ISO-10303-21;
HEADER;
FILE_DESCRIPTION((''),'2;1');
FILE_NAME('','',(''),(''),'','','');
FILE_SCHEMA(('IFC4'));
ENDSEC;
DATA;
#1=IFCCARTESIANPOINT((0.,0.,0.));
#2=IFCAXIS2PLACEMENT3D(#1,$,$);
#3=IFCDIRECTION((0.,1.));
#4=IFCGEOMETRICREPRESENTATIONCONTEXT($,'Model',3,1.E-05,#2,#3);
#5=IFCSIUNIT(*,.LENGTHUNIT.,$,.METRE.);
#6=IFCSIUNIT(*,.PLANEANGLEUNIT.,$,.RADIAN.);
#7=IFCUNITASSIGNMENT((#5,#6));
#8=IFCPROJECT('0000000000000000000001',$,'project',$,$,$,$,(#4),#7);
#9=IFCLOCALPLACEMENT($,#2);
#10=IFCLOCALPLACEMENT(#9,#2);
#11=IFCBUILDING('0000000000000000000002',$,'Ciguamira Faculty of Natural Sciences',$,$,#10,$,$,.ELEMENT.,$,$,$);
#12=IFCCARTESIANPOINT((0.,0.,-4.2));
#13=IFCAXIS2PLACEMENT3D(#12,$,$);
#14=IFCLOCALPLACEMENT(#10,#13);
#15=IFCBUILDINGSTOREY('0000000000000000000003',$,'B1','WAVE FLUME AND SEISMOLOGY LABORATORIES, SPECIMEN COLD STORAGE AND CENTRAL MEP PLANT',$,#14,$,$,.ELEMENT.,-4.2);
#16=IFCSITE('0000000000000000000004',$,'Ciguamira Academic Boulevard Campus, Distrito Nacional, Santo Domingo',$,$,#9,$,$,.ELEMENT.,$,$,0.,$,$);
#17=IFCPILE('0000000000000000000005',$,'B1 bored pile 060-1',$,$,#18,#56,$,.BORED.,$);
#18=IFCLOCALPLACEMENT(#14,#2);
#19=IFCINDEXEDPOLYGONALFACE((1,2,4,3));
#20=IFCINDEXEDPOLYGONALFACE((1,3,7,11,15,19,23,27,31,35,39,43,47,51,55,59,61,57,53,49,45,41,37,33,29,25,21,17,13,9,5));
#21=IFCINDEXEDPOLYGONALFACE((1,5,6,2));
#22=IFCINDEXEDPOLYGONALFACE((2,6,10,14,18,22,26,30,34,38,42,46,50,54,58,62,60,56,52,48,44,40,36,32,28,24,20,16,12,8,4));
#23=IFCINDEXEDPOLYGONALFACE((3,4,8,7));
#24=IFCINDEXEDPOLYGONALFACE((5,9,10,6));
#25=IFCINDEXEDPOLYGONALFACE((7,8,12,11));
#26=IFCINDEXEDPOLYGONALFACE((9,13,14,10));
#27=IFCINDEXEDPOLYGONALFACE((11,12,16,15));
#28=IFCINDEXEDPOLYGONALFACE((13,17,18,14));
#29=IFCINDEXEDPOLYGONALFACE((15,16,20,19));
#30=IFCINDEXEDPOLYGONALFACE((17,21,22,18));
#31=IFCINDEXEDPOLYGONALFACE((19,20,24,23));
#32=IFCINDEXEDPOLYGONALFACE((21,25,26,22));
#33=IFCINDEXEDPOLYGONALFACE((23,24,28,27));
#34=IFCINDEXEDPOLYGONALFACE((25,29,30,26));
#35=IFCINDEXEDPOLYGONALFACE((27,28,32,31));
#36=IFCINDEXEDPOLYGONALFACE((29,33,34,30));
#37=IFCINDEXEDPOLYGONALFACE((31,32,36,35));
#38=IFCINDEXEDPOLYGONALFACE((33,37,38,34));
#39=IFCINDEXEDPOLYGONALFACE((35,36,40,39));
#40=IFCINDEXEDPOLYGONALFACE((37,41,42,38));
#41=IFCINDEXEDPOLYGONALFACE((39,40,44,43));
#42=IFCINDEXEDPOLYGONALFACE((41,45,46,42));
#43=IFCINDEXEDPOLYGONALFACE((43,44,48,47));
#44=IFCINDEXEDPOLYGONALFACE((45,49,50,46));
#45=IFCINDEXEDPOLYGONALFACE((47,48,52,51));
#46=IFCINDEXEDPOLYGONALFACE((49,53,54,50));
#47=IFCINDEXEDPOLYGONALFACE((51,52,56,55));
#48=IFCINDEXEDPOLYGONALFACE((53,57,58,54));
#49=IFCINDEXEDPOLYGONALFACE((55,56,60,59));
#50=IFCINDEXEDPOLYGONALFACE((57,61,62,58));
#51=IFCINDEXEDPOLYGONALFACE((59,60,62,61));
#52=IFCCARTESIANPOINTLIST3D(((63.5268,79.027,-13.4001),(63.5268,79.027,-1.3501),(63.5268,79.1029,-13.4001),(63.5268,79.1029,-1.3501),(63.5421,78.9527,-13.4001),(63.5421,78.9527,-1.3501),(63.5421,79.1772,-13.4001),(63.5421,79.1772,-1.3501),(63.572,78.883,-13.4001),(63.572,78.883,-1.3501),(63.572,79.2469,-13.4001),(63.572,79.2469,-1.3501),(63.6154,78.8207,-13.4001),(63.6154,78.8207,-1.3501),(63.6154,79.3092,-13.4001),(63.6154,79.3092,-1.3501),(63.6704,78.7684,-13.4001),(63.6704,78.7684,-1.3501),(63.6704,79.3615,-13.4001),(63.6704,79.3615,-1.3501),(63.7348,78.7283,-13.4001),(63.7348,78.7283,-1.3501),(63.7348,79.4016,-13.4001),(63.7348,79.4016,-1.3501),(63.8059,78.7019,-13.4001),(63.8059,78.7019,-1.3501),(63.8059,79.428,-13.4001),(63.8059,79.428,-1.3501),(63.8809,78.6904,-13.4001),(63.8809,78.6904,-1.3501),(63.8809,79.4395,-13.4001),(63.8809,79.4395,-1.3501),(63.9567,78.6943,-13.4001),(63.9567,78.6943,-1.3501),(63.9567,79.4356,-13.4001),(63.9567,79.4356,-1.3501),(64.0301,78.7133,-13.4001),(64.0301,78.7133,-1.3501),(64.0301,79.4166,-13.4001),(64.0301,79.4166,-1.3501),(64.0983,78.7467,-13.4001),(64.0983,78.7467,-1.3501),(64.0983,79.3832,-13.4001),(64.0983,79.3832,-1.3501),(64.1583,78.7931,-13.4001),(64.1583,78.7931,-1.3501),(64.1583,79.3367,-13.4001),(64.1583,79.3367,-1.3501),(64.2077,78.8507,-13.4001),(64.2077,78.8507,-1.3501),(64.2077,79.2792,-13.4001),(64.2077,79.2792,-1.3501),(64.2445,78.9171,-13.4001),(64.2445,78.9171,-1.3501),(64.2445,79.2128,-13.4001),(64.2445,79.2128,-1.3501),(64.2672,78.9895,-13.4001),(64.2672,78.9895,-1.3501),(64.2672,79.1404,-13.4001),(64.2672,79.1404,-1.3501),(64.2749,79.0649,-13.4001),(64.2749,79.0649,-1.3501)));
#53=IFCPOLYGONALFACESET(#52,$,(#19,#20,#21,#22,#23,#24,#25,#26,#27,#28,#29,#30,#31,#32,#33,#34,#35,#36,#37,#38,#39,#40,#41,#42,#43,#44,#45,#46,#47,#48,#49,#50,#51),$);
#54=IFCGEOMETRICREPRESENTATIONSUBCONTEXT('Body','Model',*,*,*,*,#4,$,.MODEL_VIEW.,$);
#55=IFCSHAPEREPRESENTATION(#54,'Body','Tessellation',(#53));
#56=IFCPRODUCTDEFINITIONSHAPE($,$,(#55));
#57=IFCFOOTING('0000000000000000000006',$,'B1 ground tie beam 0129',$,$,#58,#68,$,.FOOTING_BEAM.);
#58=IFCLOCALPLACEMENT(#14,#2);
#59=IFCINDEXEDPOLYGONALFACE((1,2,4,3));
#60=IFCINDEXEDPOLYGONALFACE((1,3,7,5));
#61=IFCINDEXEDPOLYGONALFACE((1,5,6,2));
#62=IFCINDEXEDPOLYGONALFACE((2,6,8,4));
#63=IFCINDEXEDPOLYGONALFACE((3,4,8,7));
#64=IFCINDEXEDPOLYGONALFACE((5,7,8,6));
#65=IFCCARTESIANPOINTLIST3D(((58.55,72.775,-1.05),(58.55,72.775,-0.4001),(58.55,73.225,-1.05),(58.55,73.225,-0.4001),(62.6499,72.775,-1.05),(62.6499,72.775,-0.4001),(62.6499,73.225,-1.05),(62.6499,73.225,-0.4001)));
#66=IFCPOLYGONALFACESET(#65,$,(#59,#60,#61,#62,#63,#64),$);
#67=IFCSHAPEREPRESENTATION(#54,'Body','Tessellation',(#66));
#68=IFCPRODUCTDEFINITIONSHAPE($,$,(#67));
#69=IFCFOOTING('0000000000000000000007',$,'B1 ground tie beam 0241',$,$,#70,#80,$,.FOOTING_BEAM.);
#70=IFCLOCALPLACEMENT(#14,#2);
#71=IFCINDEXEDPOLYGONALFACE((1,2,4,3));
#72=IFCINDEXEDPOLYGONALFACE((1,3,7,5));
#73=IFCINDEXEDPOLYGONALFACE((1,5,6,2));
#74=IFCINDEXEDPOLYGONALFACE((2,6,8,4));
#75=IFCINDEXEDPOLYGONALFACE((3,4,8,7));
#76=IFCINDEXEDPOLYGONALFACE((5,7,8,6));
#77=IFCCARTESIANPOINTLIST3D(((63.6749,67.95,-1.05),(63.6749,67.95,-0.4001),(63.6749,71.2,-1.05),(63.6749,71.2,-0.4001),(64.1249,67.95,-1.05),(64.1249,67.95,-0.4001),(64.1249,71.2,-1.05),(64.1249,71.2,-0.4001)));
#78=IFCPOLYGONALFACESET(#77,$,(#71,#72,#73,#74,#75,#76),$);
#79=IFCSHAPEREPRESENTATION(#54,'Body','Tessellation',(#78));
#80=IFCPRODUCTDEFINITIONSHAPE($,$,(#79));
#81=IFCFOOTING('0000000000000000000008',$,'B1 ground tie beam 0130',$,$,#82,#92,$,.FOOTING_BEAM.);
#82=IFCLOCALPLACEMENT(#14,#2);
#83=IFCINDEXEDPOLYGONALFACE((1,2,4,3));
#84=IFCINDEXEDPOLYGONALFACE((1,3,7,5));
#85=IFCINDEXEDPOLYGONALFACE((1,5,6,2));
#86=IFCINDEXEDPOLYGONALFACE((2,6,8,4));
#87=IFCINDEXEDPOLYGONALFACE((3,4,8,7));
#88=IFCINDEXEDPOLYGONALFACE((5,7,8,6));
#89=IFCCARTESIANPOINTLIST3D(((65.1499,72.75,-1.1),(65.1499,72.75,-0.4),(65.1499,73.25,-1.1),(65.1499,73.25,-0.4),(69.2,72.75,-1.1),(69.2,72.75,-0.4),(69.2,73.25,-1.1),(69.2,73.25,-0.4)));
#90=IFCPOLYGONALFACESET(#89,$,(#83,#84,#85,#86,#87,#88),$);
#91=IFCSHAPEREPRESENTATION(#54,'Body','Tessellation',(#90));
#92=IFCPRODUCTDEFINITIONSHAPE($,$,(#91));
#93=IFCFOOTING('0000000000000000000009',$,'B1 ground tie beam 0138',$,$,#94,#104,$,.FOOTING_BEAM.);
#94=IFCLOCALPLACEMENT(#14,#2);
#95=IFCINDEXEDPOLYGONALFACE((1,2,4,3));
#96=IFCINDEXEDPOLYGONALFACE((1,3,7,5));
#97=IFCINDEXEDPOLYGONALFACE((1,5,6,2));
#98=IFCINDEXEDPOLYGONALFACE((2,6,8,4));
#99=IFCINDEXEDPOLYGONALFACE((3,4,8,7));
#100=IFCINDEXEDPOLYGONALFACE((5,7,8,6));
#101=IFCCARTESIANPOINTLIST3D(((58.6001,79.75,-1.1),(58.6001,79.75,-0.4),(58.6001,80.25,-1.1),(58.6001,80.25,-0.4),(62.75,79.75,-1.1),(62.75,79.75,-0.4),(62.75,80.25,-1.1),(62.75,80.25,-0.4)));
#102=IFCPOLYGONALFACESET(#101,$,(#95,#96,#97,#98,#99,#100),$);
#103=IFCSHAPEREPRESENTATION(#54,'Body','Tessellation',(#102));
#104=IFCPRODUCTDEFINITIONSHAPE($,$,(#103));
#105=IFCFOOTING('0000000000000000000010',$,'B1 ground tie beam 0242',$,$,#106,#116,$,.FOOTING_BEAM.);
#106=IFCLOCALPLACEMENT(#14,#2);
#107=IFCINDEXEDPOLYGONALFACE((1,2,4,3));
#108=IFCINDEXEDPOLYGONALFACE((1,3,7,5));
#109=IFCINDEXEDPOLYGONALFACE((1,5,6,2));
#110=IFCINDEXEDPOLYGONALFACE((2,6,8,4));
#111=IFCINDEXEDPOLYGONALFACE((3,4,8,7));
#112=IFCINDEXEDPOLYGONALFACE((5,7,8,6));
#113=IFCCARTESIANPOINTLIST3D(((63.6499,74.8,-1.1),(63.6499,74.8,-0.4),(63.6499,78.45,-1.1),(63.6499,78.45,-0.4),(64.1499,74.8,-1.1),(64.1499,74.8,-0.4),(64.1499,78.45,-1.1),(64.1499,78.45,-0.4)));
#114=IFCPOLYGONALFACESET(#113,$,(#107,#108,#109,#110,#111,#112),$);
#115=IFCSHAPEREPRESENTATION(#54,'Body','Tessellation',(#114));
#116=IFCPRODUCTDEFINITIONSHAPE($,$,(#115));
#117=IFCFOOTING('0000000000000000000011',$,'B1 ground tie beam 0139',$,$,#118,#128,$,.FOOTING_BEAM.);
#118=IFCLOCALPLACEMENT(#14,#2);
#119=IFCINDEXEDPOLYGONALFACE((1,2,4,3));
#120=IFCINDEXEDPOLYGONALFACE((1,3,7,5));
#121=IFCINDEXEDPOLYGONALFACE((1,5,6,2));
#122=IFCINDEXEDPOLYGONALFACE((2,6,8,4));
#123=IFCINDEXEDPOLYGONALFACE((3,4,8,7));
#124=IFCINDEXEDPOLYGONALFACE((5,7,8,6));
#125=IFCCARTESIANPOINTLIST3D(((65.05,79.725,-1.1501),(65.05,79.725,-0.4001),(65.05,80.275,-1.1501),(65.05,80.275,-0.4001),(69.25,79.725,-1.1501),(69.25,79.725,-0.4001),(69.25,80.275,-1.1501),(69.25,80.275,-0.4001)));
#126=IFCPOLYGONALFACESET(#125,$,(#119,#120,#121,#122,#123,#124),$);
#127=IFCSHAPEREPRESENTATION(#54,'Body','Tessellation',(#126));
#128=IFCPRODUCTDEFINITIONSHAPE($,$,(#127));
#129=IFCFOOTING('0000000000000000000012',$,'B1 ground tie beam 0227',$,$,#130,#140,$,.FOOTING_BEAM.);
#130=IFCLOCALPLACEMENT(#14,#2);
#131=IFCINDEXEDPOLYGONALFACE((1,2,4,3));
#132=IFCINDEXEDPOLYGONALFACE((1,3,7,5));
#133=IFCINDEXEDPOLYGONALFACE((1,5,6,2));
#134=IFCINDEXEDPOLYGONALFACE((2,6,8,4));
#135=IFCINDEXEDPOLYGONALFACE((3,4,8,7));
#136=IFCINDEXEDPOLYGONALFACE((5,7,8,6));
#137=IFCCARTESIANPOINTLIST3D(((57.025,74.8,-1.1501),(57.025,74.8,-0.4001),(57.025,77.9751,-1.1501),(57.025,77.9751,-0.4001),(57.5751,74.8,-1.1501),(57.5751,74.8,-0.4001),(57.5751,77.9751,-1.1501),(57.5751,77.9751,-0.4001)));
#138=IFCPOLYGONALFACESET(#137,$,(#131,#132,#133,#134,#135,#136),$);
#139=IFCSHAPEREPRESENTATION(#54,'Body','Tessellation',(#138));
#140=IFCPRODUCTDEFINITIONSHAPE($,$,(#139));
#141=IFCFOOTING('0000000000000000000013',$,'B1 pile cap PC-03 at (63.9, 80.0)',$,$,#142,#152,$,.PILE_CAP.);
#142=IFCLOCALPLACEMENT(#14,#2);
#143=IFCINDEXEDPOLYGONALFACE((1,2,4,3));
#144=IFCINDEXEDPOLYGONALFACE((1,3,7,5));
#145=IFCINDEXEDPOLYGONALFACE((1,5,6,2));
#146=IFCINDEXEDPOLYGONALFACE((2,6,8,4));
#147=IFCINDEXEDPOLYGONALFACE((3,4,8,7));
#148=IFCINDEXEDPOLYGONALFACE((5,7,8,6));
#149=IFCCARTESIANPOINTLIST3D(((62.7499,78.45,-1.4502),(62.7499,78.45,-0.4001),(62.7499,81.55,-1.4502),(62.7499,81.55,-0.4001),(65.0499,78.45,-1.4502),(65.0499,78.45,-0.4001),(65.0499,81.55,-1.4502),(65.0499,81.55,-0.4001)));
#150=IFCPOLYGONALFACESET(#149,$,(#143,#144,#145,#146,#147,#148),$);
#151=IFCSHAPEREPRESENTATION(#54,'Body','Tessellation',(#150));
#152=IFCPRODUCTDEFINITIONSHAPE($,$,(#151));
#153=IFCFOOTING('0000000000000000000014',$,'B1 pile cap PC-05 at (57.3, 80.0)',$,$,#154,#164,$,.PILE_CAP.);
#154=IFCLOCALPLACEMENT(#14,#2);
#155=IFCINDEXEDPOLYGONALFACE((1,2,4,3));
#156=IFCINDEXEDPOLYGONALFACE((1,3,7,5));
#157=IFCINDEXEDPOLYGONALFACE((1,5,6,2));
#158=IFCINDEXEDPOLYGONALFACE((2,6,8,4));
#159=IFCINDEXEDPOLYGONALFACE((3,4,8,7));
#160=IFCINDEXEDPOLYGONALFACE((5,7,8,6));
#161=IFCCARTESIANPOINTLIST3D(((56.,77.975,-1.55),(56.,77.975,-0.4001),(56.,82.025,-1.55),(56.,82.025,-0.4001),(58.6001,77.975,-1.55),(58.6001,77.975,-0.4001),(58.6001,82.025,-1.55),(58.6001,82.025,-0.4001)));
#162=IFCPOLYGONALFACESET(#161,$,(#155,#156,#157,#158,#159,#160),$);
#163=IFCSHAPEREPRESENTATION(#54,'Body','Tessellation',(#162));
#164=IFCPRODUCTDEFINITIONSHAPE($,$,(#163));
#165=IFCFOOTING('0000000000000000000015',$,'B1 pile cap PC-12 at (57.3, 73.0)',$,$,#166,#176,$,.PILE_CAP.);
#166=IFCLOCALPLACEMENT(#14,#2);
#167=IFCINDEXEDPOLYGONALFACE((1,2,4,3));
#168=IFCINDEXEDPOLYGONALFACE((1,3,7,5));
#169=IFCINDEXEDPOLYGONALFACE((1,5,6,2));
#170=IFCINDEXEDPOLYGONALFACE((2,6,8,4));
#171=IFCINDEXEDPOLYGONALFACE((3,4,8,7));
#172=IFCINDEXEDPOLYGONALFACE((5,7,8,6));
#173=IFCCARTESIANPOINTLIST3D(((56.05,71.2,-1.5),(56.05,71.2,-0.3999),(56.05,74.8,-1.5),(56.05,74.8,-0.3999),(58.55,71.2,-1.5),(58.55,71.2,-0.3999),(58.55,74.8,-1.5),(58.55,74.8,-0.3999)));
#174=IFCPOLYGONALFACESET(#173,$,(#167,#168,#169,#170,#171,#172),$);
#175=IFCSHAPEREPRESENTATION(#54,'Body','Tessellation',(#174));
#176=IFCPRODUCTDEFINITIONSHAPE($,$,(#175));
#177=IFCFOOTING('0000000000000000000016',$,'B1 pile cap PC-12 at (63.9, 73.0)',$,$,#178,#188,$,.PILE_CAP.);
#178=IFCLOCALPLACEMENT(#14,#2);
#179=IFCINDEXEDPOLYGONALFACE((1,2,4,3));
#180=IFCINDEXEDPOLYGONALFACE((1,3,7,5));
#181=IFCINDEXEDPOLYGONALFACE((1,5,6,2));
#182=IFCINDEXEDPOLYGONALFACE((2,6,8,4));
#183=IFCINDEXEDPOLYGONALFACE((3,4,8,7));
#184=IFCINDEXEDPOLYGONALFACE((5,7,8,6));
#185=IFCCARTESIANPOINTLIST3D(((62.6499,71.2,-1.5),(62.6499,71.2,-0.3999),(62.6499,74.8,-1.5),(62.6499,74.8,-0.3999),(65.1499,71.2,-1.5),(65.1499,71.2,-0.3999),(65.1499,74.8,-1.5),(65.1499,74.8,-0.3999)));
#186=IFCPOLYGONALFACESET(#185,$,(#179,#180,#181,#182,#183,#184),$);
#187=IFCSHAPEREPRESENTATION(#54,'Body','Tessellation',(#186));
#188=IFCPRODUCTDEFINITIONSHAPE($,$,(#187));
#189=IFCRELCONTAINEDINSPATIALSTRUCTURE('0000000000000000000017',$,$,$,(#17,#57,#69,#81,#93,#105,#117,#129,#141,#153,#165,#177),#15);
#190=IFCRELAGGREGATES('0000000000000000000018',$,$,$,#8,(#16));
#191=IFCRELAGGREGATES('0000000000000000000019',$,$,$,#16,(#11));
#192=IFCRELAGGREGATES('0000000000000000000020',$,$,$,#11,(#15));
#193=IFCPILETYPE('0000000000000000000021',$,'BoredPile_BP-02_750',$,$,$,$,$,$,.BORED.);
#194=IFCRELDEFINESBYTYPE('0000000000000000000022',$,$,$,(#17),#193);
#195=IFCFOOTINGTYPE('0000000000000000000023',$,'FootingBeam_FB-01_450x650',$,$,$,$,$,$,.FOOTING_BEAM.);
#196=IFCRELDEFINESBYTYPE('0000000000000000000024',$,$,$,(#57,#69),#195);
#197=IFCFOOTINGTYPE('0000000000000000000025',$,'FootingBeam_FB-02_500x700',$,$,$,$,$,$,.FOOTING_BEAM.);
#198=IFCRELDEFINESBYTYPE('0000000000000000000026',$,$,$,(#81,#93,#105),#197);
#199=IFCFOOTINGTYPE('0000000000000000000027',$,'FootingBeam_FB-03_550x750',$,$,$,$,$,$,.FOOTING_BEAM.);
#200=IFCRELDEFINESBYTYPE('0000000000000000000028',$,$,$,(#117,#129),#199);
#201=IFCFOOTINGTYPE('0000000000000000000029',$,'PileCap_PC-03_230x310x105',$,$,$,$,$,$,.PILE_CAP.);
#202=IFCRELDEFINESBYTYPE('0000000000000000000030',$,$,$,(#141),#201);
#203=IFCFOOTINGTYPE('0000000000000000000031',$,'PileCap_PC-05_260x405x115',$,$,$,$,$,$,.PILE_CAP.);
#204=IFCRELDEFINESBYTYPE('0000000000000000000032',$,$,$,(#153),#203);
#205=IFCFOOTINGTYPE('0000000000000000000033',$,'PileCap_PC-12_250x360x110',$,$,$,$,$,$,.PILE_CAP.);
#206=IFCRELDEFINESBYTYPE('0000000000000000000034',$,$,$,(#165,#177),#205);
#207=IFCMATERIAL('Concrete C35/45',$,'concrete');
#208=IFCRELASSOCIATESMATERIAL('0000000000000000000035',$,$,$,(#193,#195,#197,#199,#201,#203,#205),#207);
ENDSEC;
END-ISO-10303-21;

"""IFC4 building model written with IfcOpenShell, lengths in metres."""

from ifc_helpers import new_model, si_unit, direction, frame, origin, origin_2d, place, context, subcontext, project, spatial, rectangle, circle, extrude, material, material_profile, profile_set, type_object, element, save


model = new_model("IFC4")

# Units and contexts
model_context = context("Model", 3, precision=1e-05, world=origin(), true_north=direction((0.0, 1.0)))
body_context = subcontext(model_context, "Body", "Model", "MODEL_VIEW")
ifc_project = project(units=[si_unit("LENGTHUNIT", "METRE"), si_unit("PLANEANGLEUNIT", "RADIAN")], contexts=[model_context])

# Site, building, storey
site_placement = place(None, origin())
site = spatial("IfcSite", under=ifc_project, at=site_placement, Name="Ciguamira Academic Boulevard Campus, Distrito Nacional, Santo Domingo", CompositionType="ELEMENT", RefElevation=0.0)
building_placement = place(site_placement, origin())
building = spatial("IfcBuilding", under=site, at=building_placement, Name="Ciguamira Faculty of Natural Sciences", CompositionType="ELEMENT")
storey_placement = place(building_placement, frame((0.0, 0.0, -4.2)))
storey = spatial("IfcBuildingStorey", under=building, at=storey_placement, Name="B1", Description="WAVE FLUME AND SEISMOLOGY LABORATORIES, SPECIMEN COLD STORAGE AND CENTRAL MEP PLANT", CompositionType="ELEMENT", Elevation=-4.2)

# Pile
ifc_material_1 = material(Name="Concrete C35/45", Category="concrete")
ifc_material_profile_1 = material_profile(ifc_material_1, circle(Radius=0.375, at=origin_2d()), Name="PILE-BORED-750")
ifc_profile_set_1 = profile_set([ifc_material_profile_1], Name="Concrete C35/45")
pile_type = type_object("IfcPileType", Name="BoredPile_BP-02_750", PredefinedType="BORED", material=ifc_profile_set_1)
pile_1_placement = place(storey_placement, frame((63.8999, 79.0649, -1.3501), z_axis=(0.0, 0.0, -1.0), x_axis=(1.0, 0.0, 0.0)))
element("IfcPile", 1, at=pile_1_placement, inside=storey, type_object=pile_type, Name="B1 bored pile 060-1", PredefinedType="BORED", context=body_context, shape_type="SweptSolid", body=[
    extrude(circle(Radius=0.375, at=origin_2d()), origin(), (0.0, 0.0, 1.0), 12.05),
])

# Footings
ifc_material_profile_2 = material_profile(ifc_material_1, rectangle(XDim=0.45, YDim=0.6499, at=origin_2d()), Name="RC-FB-450X650")
ifc_profile_set_2 = profile_set([ifc_material_profile_2], Name="Concrete C35/45")
footing_type_1 = type_object("IfcFootingType", Name="FootingBeam_FB-01_450x650", PredefinedType="FOOTING_BEAM", material=ifc_profile_set_2)
footing_1_placement = place(storey_placement, frame((58.55, 73.0, -0.7251), z_axis=(1.0, 0.0, 0.0), x_axis=(0.0, 1.0, 0.0)))
element("IfcFooting", 2, at=footing_1_placement, inside=storey, type_object=footing_type_1, Name="B1 ground tie beam 0129", PredefinedType="FOOTING_BEAM", context=body_context, shape_type="SweptSolid", body=[
    extrude(rectangle(XDim=0.45, YDim=0.6499, at=origin_2d()), origin(), (0.0, 0.0, 1.0), 4.0999),
])
footing_2_placement = place(storey_placement, frame((63.8999, 67.95, -0.7251), z_axis=(0.0, 1.0, 0.0), x_axis=(-1.0, 0.0, 0.0)))
element("IfcFooting", 3, at=footing_2_placement, inside=storey, type_object=footing_type_1, Name="B1 ground tie beam 0241", PredefinedType="FOOTING_BEAM", context=body_context, shape_type="SweptSolid", body=[
    extrude(rectangle(XDim=0.45, YDim=0.6499, at=origin_2d()), origin(), (0.0, 0.0, 1.0), 3.25),
])
ifc_material_profile_3 = material_profile(ifc_material_1, rectangle(XDim=0.5, YDim=0.7, at=origin_2d()), Name="RC-FB-500X700")
ifc_profile_set_3 = profile_set([ifc_material_profile_3], Name="Concrete C35/45")
footing_type_2 = type_object("IfcFootingType", Name="FootingBeam_FB-02_500x700", PredefinedType="FOOTING_BEAM", material=ifc_profile_set_3)
footing_3_placement = place(storey_placement, frame((65.1499, 73.0, -0.75), z_axis=(1.0, 0.0, 0.0), x_axis=(0.0, 1.0, 0.0)))
element("IfcFooting", 4, at=footing_3_placement, inside=storey, type_object=footing_type_2, Name="B1 ground tie beam 0130", PredefinedType="FOOTING_BEAM", context=body_context, shape_type="SweptSolid", body=[
    extrude(rectangle(XDim=0.5, YDim=0.7, at=origin_2d()), origin(), (0.0, 0.0, 1.0), 4.05),
])
footing_4_placement = place(storey_placement, frame((58.6001, 80.0, -0.75), z_axis=(1.0, 0.0, 0.0), x_axis=(0.0, 1.0, 0.0)))
element("IfcFooting", 5, at=footing_4_placement, inside=storey, type_object=footing_type_2, Name="B1 ground tie beam 0138", PredefinedType="FOOTING_BEAM", context=body_context, shape_type="SweptSolid", body=[
    extrude(rectangle(XDim=0.5, YDim=0.7, at=origin_2d()), origin(), (0.0, 0.0, 1.0), 4.1499),
])
footing_5_placement = place(storey_placement, frame((63.8999, 74.8, -0.75), z_axis=(0.0, 1.0, 0.0), x_axis=(-1.0, 0.0, 0.0)))
element("IfcFooting", 6, at=footing_5_placement, inside=storey, type_object=footing_type_2, Name="B1 ground tie beam 0242", PredefinedType="FOOTING_BEAM", context=body_context, shape_type="SweptSolid", body=[
    extrude(rectangle(XDim=0.5, YDim=0.7, at=origin_2d()), origin(), (0.0, 0.0, 1.0), 3.6499),
])
ifc_material_profile_4 = material_profile(ifc_material_1, rectangle(XDim=0.55, YDim=0.75, at=origin_2d()), Name="RC-FB-550X750")
ifc_profile_set_4 = profile_set([ifc_material_profile_4], Name="Concrete C35/45")
footing_type_3 = type_object("IfcFootingType", Name="FootingBeam_FB-03_550x750", PredefinedType="FOOTING_BEAM", material=ifc_profile_set_4)
footing_6_placement = place(storey_placement, frame((65.05, 80.0, -0.7751), z_axis=(1.0, 0.0, 0.0), x_axis=(0.0, 1.0, 0.0)))
element("IfcFooting", 7, at=footing_6_placement, inside=storey, type_object=footing_type_3, Name="B1 ground tie beam 0139", PredefinedType="FOOTING_BEAM", context=body_context, shape_type="SweptSolid", body=[
    extrude(rectangle(XDim=0.55, YDim=0.75, at=origin_2d()), origin(), (0.0, 0.0, 1.0), 4.2),
])
footing_7_placement = place(storey_placement, frame((57.3, 74.8, -0.7751), z_axis=(0.0, 1.0, 0.0), x_axis=(-1.0, 0.0, 0.0)))
element("IfcFooting", 8, at=footing_7_placement, inside=storey, type_object=footing_type_3, Name="B1 ground tie beam 0227", PredefinedType="FOOTING_BEAM", context=body_context, shape_type="SweptSolid", body=[
    extrude(rectangle(XDim=0.55, YDim=0.75, at=origin_2d()), origin(), (0.0, 0.0, 1.0), 3.175),
])
footing_type_4 = type_object("IfcFootingType", Name="PileCap_PC-03_230x310x105", PredefinedType="PILE_CAP", material=ifc_material_1)
footing_8_placement = place(storey_placement, frame((63.8999, 80.0, -1.4502), z_axis=(0.0, 0.0, 1.0), x_axis=(1.0, 0.0, 0.0)))
element("IfcFooting", 9, at=footing_8_placement, inside=storey, type_object=footing_type_4, Name="B1 pile cap PC-03 at (63.9, 80.0)", PredefinedType="PILE_CAP", context=body_context, shape_type="SweptSolid", body=[
    extrude(rectangle(XDim=2.3, YDim=3.1001, at=origin_2d()), origin(), (0.0, 0.0, 1.0), 1.05),
])
footing_type_5 = type_object("IfcFootingType", Name="PileCap_PC-05_260x405x115", PredefinedType="PILE_CAP", material=ifc_material_1)
footing_9_placement = place(storey_placement, frame((57.3, 80.0, -1.55), z_axis=(0.0, 0.0, 1.0), x_axis=(1.0, 0.0, 0.0)))
element("IfcFooting", 10, at=footing_9_placement, inside=storey, type_object=footing_type_5, Name="B1 pile cap PC-05 at (57.3, 80.0)", PredefinedType="PILE_CAP", context=body_context, shape_type="SweptSolid", body=[
    extrude(rectangle(XDim=2.6001, YDim=4.05, at=origin_2d()), origin(), (0.0, 0.0, 1.0), 1.1499),
])
footing_type_6 = type_object("IfcFootingType", Name="PileCap_PC-12_250x360x110", PredefinedType="PILE_CAP", material=ifc_material_1)
for number, where, z_axis, x_axis, name in (
    (11, (57.3, 73.0, -1.5), (0.0, 0.0, 1.0), (1.0, 0.0, 0.0), "B1 pile cap PC-12 at (57.3, 73.0)"),
    (12, (63.8999, 73.0, -1.5), (0.0, 0.0, 1.0), (1.0, 0.0, 0.0), "B1 pile cap PC-12 at (63.9, 73.0)"),
):
    element("IfcFooting", number, at=place(storey_placement, frame(where, z_axis=z_axis, x_axis=x_axis)), inside=storey, type_object=footing_type_6, Name=name, PredefinedType="PILE_CAP", context=body_context, shape_type="SweptSolid", body=[
        extrude(rectangle(XDim=2.5, YDim=3.6001, at=origin_2d()), origin(), (0.0, 0.0, 1.0), 1.1001),
    ])

save(model, "model.ifc")
